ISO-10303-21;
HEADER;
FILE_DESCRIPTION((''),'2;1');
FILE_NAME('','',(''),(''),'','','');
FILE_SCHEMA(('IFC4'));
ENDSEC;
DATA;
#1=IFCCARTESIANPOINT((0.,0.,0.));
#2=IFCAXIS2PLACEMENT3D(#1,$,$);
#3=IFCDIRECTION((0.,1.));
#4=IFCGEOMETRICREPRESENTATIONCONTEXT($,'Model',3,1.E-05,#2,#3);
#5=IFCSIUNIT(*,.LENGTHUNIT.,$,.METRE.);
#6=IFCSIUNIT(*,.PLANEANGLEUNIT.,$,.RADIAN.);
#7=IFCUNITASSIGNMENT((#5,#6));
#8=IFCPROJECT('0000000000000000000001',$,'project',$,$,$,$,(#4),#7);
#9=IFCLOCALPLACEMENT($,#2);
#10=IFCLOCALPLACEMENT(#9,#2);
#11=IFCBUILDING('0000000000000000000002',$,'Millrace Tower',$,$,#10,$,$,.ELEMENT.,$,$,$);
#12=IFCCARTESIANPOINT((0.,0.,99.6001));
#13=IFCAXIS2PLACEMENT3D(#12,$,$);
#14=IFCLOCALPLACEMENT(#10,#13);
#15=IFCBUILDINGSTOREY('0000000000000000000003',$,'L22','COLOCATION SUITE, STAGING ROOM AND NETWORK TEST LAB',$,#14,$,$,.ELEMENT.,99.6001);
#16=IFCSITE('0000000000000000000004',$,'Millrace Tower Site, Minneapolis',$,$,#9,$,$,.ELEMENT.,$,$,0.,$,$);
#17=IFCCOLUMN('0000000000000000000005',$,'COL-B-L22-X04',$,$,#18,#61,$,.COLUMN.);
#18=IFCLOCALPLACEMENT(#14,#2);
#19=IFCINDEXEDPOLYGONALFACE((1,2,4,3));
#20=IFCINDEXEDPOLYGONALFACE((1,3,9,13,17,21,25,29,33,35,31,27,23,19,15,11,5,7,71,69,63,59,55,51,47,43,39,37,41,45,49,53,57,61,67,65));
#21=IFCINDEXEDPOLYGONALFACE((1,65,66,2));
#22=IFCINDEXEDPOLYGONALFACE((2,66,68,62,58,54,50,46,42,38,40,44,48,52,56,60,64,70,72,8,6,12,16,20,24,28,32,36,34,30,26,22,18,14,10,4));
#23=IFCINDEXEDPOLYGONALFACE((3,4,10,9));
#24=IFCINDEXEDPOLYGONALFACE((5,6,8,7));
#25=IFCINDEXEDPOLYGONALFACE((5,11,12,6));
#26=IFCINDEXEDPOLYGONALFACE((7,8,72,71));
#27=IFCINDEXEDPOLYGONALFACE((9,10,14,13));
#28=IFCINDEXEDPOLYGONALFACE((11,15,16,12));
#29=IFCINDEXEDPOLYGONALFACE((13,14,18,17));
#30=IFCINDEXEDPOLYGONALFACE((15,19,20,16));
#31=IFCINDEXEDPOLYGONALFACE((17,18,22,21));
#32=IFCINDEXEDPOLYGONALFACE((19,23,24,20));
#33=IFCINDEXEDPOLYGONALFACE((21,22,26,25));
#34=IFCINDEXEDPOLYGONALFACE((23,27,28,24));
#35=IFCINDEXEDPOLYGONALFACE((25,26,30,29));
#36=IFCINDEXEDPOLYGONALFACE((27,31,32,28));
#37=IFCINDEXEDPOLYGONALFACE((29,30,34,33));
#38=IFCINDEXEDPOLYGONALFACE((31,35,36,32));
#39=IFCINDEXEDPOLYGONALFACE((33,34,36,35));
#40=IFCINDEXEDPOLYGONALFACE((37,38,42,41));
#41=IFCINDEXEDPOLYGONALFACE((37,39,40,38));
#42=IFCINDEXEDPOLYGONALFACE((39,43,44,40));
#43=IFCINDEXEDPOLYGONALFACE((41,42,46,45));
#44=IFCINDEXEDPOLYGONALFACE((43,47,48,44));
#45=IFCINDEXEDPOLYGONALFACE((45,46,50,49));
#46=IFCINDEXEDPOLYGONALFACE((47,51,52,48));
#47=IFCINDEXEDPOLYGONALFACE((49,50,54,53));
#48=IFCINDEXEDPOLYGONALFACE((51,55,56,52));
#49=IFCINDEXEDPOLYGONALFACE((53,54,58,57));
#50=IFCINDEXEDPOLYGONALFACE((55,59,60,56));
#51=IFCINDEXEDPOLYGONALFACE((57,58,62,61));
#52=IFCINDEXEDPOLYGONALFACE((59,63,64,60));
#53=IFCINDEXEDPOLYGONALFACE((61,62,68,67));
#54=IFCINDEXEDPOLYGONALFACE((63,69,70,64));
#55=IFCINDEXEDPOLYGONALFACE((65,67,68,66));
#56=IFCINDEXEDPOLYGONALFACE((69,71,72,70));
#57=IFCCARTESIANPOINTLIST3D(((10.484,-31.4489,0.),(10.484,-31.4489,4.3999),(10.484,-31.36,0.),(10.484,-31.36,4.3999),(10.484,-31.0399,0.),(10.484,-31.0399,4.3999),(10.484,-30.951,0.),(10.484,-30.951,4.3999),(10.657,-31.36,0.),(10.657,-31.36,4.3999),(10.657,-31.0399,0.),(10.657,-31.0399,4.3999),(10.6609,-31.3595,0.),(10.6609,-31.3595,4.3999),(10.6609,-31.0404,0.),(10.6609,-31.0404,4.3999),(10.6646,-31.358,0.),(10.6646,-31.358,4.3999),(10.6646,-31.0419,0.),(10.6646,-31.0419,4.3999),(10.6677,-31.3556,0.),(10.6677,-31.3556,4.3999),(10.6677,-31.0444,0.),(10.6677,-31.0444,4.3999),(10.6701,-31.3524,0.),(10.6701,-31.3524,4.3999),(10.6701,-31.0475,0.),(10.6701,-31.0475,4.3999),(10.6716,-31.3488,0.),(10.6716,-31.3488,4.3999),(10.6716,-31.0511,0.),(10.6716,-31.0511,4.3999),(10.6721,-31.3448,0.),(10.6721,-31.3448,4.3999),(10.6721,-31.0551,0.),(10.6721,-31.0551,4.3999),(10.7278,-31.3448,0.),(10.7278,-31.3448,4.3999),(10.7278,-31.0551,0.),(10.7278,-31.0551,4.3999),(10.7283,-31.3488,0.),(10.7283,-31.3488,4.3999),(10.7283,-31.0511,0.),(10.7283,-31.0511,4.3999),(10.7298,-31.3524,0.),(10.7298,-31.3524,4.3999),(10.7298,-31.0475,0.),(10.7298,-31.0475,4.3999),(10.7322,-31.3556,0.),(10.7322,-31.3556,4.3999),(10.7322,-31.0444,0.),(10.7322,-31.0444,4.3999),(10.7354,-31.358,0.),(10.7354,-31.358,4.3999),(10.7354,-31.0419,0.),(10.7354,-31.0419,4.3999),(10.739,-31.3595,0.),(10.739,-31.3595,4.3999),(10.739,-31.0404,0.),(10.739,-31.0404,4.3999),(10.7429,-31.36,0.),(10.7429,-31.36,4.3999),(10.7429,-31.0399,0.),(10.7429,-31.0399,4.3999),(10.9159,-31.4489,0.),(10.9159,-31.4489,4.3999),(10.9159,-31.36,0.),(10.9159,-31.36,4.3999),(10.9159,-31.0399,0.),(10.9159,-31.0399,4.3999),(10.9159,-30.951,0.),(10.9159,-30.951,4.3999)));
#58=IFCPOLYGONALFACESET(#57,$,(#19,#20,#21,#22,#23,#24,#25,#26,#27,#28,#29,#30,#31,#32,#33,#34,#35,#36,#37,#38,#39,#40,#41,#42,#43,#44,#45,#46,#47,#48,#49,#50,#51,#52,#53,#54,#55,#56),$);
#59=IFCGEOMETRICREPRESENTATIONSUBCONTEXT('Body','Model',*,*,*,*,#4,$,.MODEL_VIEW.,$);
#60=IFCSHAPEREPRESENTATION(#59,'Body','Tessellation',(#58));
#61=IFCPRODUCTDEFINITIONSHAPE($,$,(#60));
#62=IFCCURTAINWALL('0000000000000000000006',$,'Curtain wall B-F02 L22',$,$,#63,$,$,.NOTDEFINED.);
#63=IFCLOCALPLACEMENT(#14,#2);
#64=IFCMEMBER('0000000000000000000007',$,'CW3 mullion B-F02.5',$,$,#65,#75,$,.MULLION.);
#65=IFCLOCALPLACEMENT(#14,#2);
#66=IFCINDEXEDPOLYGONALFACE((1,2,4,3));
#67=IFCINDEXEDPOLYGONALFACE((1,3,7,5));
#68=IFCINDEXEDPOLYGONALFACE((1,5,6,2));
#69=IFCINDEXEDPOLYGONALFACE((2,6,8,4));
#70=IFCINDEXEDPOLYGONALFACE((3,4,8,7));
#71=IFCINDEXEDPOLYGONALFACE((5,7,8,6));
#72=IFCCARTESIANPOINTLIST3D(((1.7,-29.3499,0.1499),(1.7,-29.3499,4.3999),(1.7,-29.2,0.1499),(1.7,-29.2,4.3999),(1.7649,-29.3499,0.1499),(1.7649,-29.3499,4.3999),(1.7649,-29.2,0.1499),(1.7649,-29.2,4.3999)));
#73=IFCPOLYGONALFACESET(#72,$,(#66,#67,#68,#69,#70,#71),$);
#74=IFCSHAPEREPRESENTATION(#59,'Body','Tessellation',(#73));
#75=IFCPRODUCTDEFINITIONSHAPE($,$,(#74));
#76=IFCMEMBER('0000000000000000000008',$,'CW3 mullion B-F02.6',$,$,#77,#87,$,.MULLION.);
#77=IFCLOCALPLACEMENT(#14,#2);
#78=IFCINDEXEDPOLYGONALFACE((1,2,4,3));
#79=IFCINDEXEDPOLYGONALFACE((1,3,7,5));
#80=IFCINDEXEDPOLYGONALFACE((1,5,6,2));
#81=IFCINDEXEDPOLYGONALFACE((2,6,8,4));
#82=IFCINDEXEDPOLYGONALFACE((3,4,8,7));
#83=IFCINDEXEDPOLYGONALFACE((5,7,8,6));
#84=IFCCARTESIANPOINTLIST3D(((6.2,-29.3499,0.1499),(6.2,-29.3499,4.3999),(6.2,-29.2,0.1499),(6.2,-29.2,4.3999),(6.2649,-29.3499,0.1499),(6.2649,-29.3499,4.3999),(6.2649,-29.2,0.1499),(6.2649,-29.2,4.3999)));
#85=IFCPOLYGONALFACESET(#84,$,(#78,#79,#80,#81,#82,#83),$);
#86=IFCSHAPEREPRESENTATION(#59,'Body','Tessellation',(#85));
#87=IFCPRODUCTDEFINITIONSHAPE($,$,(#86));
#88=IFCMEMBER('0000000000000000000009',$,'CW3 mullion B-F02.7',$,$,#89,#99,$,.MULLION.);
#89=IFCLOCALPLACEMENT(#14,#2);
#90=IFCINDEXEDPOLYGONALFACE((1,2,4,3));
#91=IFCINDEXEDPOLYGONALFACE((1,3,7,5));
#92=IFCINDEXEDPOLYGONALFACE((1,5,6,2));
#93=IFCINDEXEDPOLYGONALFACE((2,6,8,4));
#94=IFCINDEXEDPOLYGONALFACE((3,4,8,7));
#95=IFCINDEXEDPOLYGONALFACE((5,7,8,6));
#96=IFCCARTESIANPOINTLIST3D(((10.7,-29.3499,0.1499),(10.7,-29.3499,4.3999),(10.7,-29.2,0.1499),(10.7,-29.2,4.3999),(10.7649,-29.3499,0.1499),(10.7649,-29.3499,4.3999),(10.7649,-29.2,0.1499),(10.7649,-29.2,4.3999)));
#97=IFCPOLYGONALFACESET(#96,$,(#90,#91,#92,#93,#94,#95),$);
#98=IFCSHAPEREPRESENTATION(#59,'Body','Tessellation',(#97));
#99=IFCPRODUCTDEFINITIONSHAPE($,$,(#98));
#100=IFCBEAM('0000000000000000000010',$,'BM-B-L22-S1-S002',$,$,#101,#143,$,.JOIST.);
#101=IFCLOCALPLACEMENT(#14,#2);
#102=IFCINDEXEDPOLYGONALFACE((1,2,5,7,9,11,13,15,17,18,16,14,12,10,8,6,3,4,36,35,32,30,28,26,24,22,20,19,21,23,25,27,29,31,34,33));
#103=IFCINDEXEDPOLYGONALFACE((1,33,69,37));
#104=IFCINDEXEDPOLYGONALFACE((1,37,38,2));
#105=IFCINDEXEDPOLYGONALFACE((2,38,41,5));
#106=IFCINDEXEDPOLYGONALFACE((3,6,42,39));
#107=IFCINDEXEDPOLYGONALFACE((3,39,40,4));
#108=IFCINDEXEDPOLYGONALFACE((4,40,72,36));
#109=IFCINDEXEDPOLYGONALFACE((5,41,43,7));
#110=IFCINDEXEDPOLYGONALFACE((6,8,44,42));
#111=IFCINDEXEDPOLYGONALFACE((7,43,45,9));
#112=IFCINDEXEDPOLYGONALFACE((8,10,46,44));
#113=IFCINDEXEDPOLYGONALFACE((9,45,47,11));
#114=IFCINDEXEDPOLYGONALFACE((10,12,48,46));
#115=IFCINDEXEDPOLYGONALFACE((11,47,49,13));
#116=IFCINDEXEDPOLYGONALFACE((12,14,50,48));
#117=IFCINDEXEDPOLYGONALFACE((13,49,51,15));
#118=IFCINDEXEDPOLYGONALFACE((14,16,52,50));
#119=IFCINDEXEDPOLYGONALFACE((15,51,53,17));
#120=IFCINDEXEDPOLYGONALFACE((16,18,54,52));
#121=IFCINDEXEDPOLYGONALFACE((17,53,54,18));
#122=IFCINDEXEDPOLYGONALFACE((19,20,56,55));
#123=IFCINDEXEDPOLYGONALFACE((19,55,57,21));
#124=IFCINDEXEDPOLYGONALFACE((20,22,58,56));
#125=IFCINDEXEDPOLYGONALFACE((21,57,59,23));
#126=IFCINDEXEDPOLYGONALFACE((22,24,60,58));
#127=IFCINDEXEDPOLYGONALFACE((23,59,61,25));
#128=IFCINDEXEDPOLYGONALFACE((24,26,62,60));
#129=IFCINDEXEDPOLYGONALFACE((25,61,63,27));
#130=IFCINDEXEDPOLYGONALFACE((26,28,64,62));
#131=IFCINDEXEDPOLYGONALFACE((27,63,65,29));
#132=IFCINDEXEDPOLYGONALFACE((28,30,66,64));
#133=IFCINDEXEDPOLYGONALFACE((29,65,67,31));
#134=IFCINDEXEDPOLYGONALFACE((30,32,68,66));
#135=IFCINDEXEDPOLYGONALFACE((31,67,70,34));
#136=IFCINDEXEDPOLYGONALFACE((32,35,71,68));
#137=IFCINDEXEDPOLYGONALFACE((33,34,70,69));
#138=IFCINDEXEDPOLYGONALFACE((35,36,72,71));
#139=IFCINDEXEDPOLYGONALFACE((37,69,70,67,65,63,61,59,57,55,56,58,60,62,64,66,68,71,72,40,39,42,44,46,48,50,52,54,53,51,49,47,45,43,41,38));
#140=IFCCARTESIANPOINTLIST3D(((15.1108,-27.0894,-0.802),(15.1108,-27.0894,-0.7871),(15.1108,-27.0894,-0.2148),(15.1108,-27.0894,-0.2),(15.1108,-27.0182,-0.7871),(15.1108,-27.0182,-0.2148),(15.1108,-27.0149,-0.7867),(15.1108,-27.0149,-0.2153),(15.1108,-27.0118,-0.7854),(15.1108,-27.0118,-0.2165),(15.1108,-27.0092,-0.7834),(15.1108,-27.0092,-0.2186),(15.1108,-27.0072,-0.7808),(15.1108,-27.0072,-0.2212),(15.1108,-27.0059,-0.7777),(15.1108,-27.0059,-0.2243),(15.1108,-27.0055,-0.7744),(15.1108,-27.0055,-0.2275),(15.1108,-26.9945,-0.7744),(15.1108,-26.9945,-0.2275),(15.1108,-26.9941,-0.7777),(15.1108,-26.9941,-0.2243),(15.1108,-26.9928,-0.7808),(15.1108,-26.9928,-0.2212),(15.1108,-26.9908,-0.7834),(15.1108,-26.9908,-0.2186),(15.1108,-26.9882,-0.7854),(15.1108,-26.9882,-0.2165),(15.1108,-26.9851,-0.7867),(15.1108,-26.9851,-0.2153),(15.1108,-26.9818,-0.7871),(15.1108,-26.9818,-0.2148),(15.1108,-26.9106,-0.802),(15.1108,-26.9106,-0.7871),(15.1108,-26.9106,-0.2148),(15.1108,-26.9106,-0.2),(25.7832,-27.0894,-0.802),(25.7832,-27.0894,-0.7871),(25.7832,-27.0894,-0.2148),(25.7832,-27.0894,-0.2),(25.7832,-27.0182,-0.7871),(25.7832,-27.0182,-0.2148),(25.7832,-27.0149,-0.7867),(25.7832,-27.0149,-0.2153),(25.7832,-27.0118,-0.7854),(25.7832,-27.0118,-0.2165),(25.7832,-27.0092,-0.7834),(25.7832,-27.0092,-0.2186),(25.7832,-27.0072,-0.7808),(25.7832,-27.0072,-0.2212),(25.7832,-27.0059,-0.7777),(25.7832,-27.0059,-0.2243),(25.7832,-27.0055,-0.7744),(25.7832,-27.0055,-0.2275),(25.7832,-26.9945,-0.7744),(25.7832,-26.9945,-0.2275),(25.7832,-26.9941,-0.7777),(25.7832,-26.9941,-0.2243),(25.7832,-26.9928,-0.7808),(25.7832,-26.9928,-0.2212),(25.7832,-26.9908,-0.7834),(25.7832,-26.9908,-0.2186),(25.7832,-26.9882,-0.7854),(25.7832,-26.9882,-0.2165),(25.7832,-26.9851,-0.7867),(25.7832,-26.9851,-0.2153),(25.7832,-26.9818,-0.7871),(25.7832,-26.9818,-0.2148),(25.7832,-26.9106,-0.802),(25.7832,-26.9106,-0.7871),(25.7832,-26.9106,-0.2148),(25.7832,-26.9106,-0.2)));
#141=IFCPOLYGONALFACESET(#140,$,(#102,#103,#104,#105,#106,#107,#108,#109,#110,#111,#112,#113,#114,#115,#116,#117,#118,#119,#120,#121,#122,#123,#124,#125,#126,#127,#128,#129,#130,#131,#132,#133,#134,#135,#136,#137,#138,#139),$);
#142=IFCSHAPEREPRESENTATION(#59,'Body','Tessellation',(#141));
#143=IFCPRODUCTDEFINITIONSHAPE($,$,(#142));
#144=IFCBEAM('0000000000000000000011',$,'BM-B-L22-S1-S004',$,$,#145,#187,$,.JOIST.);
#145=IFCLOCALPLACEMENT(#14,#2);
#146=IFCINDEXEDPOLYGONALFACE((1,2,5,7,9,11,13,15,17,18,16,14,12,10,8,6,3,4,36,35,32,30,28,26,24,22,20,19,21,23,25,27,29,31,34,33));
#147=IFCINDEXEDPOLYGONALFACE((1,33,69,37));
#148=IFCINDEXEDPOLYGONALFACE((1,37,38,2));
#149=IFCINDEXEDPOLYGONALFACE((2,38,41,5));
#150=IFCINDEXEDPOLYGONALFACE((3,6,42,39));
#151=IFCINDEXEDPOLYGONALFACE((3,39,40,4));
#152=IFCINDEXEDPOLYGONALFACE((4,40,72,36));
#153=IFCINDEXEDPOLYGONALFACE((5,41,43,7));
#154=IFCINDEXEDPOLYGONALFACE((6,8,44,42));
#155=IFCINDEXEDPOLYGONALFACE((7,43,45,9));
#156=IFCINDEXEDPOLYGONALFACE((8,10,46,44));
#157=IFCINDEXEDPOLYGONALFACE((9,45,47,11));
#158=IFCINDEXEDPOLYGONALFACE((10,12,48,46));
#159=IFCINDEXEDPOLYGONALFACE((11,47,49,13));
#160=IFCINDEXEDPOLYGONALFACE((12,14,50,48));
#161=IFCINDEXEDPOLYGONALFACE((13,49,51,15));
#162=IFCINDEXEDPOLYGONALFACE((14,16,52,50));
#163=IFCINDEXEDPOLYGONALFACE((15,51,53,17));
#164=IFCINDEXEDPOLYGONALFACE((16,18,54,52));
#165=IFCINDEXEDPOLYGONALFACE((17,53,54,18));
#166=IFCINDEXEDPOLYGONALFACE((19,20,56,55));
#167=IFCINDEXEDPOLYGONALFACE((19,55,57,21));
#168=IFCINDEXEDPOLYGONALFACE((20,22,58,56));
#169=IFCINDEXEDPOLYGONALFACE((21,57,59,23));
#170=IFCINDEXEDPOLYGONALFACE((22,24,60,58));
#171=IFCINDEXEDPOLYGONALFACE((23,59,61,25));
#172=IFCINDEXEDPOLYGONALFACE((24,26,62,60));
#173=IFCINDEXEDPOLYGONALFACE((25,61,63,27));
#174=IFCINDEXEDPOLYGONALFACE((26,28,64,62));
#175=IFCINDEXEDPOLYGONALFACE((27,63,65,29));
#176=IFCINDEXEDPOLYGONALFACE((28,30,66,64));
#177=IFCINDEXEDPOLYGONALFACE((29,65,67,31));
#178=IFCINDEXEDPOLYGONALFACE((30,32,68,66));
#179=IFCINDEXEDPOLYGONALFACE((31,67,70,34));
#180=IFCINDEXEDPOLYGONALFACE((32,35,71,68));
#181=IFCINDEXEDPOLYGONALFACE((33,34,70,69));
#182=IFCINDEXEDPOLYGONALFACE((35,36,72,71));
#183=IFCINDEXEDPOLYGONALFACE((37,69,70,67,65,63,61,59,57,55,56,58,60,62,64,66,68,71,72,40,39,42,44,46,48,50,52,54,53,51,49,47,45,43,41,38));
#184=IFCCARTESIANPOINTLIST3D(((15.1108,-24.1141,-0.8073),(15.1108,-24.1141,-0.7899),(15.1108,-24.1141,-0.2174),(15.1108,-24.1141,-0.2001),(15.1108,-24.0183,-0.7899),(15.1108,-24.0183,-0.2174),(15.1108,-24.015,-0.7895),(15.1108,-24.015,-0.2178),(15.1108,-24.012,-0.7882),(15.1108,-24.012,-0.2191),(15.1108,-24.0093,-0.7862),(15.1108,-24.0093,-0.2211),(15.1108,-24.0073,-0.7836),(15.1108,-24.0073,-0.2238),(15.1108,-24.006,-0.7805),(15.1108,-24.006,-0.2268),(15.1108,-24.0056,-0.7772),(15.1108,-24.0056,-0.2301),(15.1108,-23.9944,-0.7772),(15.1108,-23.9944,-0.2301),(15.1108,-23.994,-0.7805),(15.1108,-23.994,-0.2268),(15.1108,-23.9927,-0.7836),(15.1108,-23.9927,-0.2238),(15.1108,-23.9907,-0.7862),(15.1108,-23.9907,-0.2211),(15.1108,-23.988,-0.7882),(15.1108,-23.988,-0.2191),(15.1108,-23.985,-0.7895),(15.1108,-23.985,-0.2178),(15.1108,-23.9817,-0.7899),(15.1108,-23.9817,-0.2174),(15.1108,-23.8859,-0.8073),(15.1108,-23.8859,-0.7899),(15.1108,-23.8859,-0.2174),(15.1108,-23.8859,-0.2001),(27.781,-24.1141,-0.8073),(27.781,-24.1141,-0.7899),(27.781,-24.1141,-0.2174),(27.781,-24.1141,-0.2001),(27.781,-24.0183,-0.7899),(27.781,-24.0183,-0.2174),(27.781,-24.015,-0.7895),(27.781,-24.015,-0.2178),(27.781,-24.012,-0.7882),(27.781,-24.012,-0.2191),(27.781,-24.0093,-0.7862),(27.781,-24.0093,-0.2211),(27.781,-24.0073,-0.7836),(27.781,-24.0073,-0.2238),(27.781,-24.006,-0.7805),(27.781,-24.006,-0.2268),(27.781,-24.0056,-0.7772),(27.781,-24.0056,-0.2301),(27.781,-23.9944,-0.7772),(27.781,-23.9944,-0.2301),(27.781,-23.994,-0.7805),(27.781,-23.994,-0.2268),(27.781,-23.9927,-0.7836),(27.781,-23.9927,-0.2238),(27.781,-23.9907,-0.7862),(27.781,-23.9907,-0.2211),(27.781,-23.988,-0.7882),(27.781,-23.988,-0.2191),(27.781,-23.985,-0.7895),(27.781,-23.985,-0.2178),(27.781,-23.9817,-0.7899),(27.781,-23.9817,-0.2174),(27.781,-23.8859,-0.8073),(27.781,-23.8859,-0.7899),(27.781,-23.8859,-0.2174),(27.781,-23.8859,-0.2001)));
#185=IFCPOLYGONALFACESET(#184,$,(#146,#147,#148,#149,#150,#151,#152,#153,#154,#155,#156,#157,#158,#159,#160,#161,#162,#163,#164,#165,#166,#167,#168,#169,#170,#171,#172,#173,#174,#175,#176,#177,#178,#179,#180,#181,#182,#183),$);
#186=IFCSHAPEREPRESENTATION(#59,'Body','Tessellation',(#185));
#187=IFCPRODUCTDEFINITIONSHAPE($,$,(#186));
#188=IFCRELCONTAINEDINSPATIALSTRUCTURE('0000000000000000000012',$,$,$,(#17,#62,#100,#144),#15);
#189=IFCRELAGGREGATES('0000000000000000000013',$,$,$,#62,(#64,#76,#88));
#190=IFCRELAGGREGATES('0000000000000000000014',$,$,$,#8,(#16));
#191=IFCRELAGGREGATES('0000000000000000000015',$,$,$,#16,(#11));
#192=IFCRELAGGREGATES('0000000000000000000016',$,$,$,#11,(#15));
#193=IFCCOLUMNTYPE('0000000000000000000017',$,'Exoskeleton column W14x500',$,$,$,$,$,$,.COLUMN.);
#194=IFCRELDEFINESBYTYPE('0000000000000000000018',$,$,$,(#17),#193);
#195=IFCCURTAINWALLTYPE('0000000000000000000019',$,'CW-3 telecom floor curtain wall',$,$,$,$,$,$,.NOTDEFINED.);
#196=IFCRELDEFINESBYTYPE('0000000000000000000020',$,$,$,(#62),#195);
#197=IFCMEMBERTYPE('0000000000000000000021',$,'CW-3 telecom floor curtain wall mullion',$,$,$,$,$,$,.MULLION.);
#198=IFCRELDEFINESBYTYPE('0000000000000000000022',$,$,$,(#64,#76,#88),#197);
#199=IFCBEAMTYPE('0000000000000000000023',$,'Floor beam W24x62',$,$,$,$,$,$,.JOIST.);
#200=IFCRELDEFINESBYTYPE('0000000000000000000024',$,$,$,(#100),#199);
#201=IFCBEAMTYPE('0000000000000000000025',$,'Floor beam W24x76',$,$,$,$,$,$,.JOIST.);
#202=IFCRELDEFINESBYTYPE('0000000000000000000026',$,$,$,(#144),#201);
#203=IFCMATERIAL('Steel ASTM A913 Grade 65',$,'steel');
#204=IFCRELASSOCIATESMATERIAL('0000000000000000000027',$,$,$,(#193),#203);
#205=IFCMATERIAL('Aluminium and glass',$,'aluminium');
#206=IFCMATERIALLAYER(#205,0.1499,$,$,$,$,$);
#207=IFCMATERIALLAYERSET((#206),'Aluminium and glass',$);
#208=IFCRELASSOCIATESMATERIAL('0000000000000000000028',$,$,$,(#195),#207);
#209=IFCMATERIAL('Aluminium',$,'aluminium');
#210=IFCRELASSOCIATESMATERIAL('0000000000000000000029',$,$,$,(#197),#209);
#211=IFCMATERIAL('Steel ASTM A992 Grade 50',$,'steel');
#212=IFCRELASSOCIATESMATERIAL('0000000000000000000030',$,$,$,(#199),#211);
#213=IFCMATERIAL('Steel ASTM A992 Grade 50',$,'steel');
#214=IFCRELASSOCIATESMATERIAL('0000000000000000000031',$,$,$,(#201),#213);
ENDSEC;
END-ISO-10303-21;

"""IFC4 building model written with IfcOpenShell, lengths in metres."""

from ifc_helpers import new_model, si_unit, direction, frame, origin, origin_2d, place, context, subcontext, project, spatial, rectangle, i_section, extrude, material, layer, layer_set, material_profile, profile_set, type_object, element, aggregate, save


model = new_model("IFC4")

# Units and contexts
model_context = context("Model", 3, precision=1e-05, world=origin(), true_north=direction((0.0, 1.0)))
body_context = subcontext(model_context, "Body", "Model", "MODEL_VIEW")
ifc_project = project(units=[si_unit("LENGTHUNIT", "METRE"), si_unit("PLANEANGLEUNIT", "RADIAN")], contexts=[model_context])

# Site, building, storey
site_placement = place(None, origin())
site = spatial("IfcSite", under=ifc_project, at=site_placement, Name="Millrace Tower Site, Minneapolis", CompositionType="ELEMENT", RefElevation=0.0)
building_placement = place(site_placement, origin())
building = spatial("IfcBuilding", under=site, at=building_placement, Name="Millrace Tower", CompositionType="ELEMENT")
storey_placement = place(building_placement, frame((0.0, 0.0, 99.6001)))
storey = spatial("IfcBuildingStorey", under=building, at=storey_placement, Name="L22", Description="COLOCATION SUITE, STAGING ROOM AND NETWORK TEST LAB", CompositionType="ELEMENT", Elevation=99.6001)

# Column
ifc_material_1 = material(Name="Steel ASTM A913 Grade 65", Category="steel")
ifc_material_profile_1 = material_profile(ifc_material_1, i_section(OverallWidth=0.4319, OverallDepth=0.4978, WebThickness=0.0557, FlangeThickness=0.0889, FilletRadius=0.0151, at=origin_2d()))
ifc_profile_set_1 = profile_set([ifc_material_profile_1], Name="Steel ASTM A913 Grade 65")
column_type = type_object("IfcColumnType", Name="Exoskeleton column W14x500", PredefinedType="COLUMN", material=ifc_profile_set_1)
column_placement = place(storey_placement, frame((10.7, -31.2, 0.0), z_axis=(0.0, 0.0, 1.0), x_axis=(1.0, 0.0, 0.0)))
element("IfcColumn", 1, at=column_placement, inside=storey, type_object=column_type, Name="COL-B-L22-X04", PredefinedType="COLUMN", context=body_context, shape_type="SweptSolid", body=[
    extrude(i_section(OverallWidth=0.4319, OverallDepth=0.4978, WebThickness=0.0557, FlangeThickness=0.0889, FilletRadius=0.0151, at=origin_2d()), origin(), (0.0, 0.0, 1.0), 4.3999),
])

# Curtain wall, members
ifc_material_2 = material(Name="Aluminium and glass", Category="aluminium")
ifc_layer_1 = layer(ifc_material_2, 0.1499)
ifc_layer_set_1 = layer_set([ifc_layer_1], Name="Aluminium and glass")
curtain_wall_type = type_object("IfcCurtainWallType", Name="CW-3 telecom floor curtain wall", PredefinedType="NOTDEFINED", material=ifc_layer_set_1)
curtain_wall_placement = place(storey_placement, origin())
curtain_wall = element("IfcCurtainWall", 2, at=curtain_wall_placement, inside=storey, type_object=curtain_wall_type, Name="Curtain wall B-F02 L22", PredefinedType="NOTDEFINED")
ifc_material_3 = material(Name="Aluminium", Category="aluminium")
ifc_material_profile_2 = material_profile(ifc_material_3, rectangle(XDim=0.0649, YDim=0.1499, at=origin_2d()))
ifc_profile_set_2 = profile_set([ifc_material_profile_2], Name="Aluminium")
member_type = type_object("IfcMemberType", Name="CW-3 telecom floor curtain wall mullion", PredefinedType="MULLION", material=ifc_profile_set_2)
member_1_placement = place(storey_placement, frame((1.7324, -29.2749, 0.1499), z_axis=(0.0, 0.0, 1.0), x_axis=(1.0, 0.0, 0.0)))
member_1 = element("IfcMember", 3, at=member_1_placement, type_object=member_type, Name="CW3 mullion B-F02.5", PredefinedType="MULLION", context=body_context, shape_type="SweptSolid", body=[
    extrude(rectangle(XDim=0.0649, YDim=0.1499, at=origin_2d()), origin(), (0.0, 0.0, 1.0), 4.25),
])
member_2_placement = place(storey_placement, frame((6.2324, -29.2749, 0.1499), z_axis=(0.0, 0.0, 1.0), x_axis=(1.0, 0.0, 0.0)))
member_2 = element("IfcMember", 4, at=member_2_placement, type_object=member_type, Name="CW3 mullion B-F02.6", PredefinedType="MULLION", context=body_context, shape_type="SweptSolid", body=[
    extrude(rectangle(XDim=0.0649, YDim=0.1499, at=origin_2d()), origin(), (0.0, 0.0, 1.0), 4.25),
])
member_3_placement = place(storey_placement, frame((10.7324, -29.2749, 0.1499), z_axis=(0.0, 0.0, 1.0), x_axis=(1.0, 0.0, 0.0)))
member_3 = element("IfcMember", 5, at=member_3_placement, type_object=member_type, Name="CW3 mullion B-F02.7", PredefinedType="MULLION", context=body_context, shape_type="SweptSolid", body=[
    extrude(rectangle(XDim=0.0649, YDim=0.1499, at=origin_2d()), origin(), (0.0, 0.0, 1.0), 4.25),
])
aggregate(curtain_wall, [member_1, member_2, member_3])

# Beams
ifc_material_4 = material(Name="Steel ASTM A992 Grade 50", Category="steel")
ifc_material_profile_3 = material_profile(ifc_material_4, i_section(OverallWidth=0.1787, OverallDepth=0.6021, WebThickness=0.011, FlangeThickness=0.0149, FilletRadius=0.0127, at=origin_2d()))
ifc_profile_set_3 = profile_set([ifc_material_profile_3], Name="Steel ASTM A992 Grade 50")
beam_type_1 = type_object("IfcBeamType", Name="Floor beam W24x62", PredefinedType="JOIST", material=ifc_profile_set_3)
beam_1_placement = place(storey_placement, frame((15.1108, -27.0, -0.501), z_axis=(1.0, 0.0, 0.0), x_axis=(0.0, 1.0, 0.0)))
element("IfcBeam", 6, at=beam_1_placement, inside=storey, type_object=beam_type_1, Name="BM-B-L22-S1-S002", PredefinedType="JOIST", context=body_context, shape_type="SweptSolid", body=[
    extrude(i_section(OverallWidth=0.1787, OverallDepth=0.6021, WebThickness=0.011, FlangeThickness=0.0149, FilletRadius=0.0127, at=origin_2d()), origin(), (0.0, 0.0, 1.0), 10.6724),
])
ifc_material_5 = material(Name="Steel ASTM A992 Grade 50", Category="steel")
ifc_material_profile_4 = material_profile(ifc_material_5, i_section(OverallWidth=0.2283, OverallDepth=0.6072, WebThickness=0.0112, FlangeThickness=0.0173, FilletRadius=0.0127, at=origin_2d()))
ifc_profile_set_4 = profile_set([ifc_material_profile_4], Name="Steel ASTM A992 Grade 50")
beam_type_2 = type_object("IfcBeamType", Name="Floor beam W24x76", PredefinedType="JOIST", material=ifc_profile_set_4)
for number, where, z_axis, x_axis, name in (
    (7, (15.1108, -24.0, -0.5037), (1.0, 0.0, 0.0), (0.0, 1.0, 0.0), "BM-B-L22-S1-S004"),
):
    element("IfcBeam", number, at=place(storey_placement, frame(where, z_axis=z_axis, x_axis=x_axis)), inside=storey, type_object=beam_type_2, Name=name, PredefinedType="JOIST", context=body_context, shape_type="SweptSolid", body=[
        extrude(i_section(OverallWidth=0.2283, OverallDepth=0.6072, WebThickness=0.0112, FlangeThickness=0.0173, FilletRadius=0.0127, at=origin_2d()), origin(), (0.0, 0.0, 1.0), 12.6702),
    ])

save(model, "model.ifc")
